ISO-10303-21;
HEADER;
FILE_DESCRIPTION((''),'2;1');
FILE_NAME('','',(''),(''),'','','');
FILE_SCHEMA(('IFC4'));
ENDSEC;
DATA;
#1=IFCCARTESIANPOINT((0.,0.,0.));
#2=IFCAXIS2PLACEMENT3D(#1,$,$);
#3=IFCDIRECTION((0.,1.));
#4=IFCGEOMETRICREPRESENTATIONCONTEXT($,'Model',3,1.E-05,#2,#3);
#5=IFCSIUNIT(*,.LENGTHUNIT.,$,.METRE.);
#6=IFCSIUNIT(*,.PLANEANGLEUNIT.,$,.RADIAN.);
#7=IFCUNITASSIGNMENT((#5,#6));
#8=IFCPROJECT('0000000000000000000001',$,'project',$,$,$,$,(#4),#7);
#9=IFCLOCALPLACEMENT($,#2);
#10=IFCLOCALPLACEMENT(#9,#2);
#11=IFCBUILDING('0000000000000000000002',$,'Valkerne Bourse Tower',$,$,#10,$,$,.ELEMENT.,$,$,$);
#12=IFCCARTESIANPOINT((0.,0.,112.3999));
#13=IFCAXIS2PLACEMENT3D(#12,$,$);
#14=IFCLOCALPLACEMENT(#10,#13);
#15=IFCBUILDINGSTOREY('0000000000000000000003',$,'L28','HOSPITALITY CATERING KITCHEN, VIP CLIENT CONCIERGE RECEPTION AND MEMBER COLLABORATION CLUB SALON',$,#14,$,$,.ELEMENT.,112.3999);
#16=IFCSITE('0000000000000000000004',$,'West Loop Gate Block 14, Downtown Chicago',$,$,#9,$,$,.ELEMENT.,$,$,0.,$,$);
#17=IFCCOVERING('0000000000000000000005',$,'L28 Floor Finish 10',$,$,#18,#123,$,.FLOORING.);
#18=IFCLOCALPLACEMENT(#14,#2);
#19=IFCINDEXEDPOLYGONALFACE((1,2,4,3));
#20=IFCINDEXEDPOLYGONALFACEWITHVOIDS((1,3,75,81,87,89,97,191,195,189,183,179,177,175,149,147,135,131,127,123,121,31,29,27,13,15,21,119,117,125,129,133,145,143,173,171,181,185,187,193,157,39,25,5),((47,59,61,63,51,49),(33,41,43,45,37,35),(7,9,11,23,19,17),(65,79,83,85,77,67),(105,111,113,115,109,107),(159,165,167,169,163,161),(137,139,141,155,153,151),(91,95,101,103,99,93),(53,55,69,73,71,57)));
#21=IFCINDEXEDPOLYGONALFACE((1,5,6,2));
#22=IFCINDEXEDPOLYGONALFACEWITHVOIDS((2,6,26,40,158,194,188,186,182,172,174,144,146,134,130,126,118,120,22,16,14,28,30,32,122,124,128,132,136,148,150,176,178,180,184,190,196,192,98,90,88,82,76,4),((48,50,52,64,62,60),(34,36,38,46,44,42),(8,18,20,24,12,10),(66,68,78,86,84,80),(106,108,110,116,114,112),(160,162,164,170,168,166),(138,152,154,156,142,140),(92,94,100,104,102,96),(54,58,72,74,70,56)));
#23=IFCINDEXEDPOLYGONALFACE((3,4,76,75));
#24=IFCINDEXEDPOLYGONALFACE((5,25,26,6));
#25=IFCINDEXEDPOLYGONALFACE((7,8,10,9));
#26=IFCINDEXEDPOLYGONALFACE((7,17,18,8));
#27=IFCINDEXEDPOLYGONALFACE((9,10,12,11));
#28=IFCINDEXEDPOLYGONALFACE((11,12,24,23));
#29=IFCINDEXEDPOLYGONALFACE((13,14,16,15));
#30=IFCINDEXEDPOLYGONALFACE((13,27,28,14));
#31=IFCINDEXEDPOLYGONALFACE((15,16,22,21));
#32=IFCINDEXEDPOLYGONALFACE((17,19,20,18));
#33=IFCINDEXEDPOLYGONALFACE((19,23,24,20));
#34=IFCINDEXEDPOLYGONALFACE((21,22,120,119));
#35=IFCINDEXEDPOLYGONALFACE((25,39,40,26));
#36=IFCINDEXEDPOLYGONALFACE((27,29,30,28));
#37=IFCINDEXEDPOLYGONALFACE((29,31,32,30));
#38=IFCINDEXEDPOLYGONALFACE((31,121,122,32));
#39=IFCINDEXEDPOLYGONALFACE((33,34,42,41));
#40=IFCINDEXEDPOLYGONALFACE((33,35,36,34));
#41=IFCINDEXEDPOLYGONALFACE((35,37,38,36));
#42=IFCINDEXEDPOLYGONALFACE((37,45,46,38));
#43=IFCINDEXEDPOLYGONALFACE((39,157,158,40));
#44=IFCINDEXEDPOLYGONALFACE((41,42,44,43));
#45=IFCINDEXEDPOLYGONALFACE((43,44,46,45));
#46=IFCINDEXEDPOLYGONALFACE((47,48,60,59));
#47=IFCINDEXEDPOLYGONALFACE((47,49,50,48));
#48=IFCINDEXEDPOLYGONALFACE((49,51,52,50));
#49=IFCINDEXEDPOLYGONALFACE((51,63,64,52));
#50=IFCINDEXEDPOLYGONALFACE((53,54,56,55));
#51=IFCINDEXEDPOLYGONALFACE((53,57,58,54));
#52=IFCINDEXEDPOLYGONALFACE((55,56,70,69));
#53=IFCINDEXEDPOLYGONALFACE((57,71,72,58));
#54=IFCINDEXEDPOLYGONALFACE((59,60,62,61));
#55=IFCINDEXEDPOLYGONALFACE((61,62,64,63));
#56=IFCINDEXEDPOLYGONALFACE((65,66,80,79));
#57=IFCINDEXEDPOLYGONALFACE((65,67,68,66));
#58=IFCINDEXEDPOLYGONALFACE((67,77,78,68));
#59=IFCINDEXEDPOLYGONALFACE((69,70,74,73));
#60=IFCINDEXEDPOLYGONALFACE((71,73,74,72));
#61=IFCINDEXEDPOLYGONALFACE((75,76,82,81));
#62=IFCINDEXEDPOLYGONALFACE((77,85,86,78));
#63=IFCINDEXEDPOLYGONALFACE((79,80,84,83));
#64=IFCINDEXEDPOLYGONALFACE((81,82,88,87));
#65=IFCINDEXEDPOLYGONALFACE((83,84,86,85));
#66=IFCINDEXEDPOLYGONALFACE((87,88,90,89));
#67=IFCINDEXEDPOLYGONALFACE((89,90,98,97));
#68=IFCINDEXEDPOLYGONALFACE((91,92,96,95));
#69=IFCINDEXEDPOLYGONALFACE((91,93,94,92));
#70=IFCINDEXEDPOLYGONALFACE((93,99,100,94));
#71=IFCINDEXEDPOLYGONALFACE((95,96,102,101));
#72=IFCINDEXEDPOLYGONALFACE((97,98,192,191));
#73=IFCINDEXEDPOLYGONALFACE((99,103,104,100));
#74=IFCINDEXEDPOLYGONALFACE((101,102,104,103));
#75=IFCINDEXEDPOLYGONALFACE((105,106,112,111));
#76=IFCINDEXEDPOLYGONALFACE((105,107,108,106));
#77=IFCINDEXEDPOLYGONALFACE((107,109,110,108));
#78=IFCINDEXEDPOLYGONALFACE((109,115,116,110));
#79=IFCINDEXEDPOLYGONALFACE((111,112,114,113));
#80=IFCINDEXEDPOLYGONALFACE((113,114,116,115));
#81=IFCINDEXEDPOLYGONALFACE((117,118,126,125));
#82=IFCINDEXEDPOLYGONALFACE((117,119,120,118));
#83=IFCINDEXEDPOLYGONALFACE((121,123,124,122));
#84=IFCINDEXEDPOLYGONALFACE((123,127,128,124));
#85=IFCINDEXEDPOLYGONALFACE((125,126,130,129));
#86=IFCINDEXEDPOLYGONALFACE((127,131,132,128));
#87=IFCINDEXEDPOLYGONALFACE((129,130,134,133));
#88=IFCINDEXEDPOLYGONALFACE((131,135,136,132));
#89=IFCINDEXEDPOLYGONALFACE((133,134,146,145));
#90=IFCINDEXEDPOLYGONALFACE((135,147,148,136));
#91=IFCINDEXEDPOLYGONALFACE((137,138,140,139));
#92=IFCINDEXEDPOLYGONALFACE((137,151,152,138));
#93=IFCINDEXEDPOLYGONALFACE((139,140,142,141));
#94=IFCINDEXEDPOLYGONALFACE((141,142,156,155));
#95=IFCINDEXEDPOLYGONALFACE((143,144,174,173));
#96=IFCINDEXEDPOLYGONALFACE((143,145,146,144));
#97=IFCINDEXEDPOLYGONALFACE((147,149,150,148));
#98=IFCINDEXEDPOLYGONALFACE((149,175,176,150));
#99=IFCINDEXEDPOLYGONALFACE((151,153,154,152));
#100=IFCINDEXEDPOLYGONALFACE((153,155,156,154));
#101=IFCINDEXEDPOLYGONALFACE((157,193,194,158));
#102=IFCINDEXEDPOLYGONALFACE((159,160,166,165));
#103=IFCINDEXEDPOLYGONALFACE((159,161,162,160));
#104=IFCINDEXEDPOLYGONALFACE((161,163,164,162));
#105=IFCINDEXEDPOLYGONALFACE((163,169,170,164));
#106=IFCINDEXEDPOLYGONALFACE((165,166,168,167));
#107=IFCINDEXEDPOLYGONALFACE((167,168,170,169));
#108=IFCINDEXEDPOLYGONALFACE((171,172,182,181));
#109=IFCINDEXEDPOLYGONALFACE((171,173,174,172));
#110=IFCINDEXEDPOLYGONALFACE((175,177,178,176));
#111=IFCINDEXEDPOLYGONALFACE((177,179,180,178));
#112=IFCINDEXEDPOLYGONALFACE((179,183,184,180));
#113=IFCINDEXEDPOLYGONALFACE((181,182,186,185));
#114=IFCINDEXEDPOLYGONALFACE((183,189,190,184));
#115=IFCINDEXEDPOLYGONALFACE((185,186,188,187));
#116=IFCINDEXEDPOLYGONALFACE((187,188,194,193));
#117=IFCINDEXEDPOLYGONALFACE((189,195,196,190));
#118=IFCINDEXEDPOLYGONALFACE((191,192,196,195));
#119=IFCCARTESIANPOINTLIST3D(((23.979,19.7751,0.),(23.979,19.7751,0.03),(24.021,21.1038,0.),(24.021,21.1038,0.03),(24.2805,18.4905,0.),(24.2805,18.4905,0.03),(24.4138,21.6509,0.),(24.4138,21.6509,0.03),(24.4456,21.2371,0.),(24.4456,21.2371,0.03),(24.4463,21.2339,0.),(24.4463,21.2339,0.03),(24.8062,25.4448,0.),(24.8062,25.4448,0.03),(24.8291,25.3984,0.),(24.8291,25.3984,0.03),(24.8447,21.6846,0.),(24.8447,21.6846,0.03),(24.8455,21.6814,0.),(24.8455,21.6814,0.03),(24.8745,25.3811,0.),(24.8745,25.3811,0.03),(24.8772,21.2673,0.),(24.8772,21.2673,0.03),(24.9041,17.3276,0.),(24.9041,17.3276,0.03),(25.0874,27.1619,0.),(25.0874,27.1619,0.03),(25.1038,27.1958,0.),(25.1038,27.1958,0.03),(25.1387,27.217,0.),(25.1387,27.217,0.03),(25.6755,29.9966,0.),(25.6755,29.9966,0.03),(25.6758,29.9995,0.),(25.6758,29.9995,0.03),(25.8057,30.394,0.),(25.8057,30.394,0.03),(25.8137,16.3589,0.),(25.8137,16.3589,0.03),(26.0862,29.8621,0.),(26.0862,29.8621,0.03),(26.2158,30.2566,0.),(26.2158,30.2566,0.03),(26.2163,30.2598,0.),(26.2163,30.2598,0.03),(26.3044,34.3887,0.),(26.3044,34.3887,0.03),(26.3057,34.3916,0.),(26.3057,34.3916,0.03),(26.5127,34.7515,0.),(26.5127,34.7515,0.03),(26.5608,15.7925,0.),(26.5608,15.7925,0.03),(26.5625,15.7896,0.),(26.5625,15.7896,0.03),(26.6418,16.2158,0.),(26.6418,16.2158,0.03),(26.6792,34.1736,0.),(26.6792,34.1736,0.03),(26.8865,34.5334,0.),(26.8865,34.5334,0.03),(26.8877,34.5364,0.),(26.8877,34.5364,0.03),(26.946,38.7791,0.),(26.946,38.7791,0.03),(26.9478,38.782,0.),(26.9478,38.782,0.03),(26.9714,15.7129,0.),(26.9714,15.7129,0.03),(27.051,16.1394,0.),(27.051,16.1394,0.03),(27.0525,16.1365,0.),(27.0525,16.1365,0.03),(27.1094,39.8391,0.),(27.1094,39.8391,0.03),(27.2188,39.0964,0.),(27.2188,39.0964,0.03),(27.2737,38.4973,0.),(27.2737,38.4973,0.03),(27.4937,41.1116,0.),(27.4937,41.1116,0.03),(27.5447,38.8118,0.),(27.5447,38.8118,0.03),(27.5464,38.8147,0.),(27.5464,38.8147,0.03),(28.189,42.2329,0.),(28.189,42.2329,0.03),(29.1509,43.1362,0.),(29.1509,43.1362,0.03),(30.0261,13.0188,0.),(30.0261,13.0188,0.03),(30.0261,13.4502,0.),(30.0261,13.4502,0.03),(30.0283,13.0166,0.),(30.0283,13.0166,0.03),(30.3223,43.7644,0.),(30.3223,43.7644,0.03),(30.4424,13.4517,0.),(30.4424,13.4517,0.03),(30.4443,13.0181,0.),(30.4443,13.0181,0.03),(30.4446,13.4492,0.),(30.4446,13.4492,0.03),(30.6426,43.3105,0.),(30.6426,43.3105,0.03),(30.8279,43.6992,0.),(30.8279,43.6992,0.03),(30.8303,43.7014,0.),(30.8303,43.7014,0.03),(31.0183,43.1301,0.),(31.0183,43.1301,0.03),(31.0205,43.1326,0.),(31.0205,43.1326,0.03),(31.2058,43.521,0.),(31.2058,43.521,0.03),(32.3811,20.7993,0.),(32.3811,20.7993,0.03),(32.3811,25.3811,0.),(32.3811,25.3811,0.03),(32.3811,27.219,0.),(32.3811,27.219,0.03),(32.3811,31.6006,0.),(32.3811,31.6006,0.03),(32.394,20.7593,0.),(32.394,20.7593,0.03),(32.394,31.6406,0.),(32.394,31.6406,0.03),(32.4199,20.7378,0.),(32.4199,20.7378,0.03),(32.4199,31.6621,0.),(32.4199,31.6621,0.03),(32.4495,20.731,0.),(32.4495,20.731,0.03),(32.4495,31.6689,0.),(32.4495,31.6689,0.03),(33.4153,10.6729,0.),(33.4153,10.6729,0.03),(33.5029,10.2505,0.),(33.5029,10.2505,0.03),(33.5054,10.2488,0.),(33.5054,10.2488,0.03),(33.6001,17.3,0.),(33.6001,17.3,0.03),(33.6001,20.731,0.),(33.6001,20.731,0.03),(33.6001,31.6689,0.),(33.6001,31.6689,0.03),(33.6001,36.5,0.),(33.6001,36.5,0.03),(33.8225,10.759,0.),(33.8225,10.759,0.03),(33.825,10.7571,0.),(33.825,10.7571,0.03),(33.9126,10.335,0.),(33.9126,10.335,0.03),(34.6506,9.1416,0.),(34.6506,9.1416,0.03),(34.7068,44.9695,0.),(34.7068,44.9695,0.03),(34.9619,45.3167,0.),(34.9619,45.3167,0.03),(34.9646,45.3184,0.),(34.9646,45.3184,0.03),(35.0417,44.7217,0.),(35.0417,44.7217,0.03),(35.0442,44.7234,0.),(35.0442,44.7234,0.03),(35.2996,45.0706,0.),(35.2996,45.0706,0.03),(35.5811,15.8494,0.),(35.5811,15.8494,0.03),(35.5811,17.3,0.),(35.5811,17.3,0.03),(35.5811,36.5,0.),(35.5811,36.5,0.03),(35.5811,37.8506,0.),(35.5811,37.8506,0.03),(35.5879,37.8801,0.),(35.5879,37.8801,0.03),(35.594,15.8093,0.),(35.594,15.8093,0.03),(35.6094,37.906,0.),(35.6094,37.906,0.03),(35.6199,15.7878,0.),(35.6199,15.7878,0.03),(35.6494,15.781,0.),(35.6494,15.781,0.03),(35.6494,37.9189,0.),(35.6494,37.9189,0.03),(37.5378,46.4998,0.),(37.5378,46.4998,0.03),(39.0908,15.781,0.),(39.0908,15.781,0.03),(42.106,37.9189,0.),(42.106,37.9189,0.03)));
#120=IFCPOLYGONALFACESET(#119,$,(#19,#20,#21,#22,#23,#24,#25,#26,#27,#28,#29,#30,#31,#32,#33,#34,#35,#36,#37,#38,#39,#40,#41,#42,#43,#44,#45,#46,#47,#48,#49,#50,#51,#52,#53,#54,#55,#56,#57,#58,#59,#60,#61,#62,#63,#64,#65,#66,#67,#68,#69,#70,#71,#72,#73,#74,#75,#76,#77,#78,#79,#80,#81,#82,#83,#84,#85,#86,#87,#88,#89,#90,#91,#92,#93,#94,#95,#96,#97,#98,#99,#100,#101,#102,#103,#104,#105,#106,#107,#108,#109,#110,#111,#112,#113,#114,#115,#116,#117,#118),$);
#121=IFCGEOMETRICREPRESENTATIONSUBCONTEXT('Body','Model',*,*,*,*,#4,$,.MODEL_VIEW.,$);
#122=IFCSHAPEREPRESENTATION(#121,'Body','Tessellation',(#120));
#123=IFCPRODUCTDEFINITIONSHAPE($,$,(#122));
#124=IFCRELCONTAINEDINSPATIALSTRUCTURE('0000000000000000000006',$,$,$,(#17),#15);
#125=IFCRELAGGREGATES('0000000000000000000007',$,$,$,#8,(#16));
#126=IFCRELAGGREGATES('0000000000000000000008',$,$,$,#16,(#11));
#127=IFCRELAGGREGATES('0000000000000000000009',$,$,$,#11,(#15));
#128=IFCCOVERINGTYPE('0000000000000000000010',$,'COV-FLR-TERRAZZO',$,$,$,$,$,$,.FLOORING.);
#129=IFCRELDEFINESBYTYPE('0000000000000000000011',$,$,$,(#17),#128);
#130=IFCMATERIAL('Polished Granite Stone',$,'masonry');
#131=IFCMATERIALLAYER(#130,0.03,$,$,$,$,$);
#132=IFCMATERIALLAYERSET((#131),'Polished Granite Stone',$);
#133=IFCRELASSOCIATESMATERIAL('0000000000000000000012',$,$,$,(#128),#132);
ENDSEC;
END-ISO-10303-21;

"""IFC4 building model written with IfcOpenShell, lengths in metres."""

from ifc_helpers import new_model, si_unit, direction, frame, origin, place, context, subcontext, project, spatial, polyline, outline, extrude, material, layer, layer_set, type_object, element, save


model = new_model("IFC4")

# Units and contexts
model_context = context("Model", 3, precision=1e-05, world=origin(), true_north=direction((0.0, 1.0)))
body_context = subcontext(model_context, "Body", "Model", "MODEL_VIEW")
ifc_project = project(units=[si_unit("LENGTHUNIT", "METRE"), si_unit("PLANEANGLEUNIT", "RADIAN")], contexts=[model_context])

# Site, building, storey
site_placement = place(None, origin())
site = spatial("IfcSite", under=ifc_project, at=site_placement, Name="West Loop Gate Block 14, Downtown Chicago", CompositionType="ELEMENT", RefElevation=0.0)
building_placement = place(site_placement, origin())
building = spatial("IfcBuilding", under=site, at=building_placement, Name="Valkerne Bourse Tower", CompositionType="ELEMENT")
storey_placement = place(building_placement, frame((0.0, 0.0, 112.3999)))
storey = spatial("IfcBuildingStorey", under=building, at=storey_placement, Name="L28", Description="HOSPITALITY CATERING KITCHEN, VIP CLIENT CONCIERGE RECEPTION AND MEMBER COLLABORATION CLUB SALON", CompositionType="ELEMENT", Elevation=112.3999)

# Covering
ifc_material_1 = material(Name="Polished Granite Stone", Category="masonry")
ifc_layer_1 = layer(ifc_material_1, 0.03)
ifc_layer_set_1 = layer_set([ifc_layer_1], Name="Polished Granite Stone")
covering_type_1 = type_object("IfcCoveringType", Name="COV-FLR-TERRAZZO", PredefinedType="FLOORING", material=ifc_layer_set_1)
covering_1_placement = place(storey_placement, origin())
element("IfcCovering", 1, at=covering_1_placement, inside=storey, type_object=covering_type_1, Name="L28 Floor Finish 10", PredefinedType="FLOORING", context=body_context, shape_type="SweptSolid", body=[
    extrude(outline(polyline([(24.2805, 18.4905), (23.979, 19.7751), (24.021, 21.1038), (27.1094, 39.8391), (27.4937, 41.1116), (28.189, 42.2329), (29.1509, 43.1362), (30.3223, 43.7644), (37.5378, 46.4998), (42.106, 37.9189), (35.6494, 37.9189), (35.6094, 37.906), (35.5879, 37.8801), (35.5811, 37.8506), (35.5811, 36.5), (33.6001, 36.5), (33.6001, 31.6689), (32.4495, 31.6689), (32.4199, 31.6621), (32.394, 31.6406), (32.3811, 31.6006), (32.3811, 27.219), (25.1387, 27.217), (25.1038, 27.1958), (25.0874, 27.1619), (24.8062, 25.4448), (24.8291, 25.3984), (24.8745, 25.3811), (32.3811, 25.3811), (32.3811, 20.7993), (32.394, 20.7593), (32.4199, 20.7378), (32.4495, 20.731), (33.6001, 20.731), (33.6001, 17.3), (35.5811, 17.3), (35.5811, 15.8494), (35.594, 15.8093), (35.6199, 15.7878), (35.6494, 15.781), (39.0908, 15.781), (34.6506, 9.1416), (25.8137, 16.3589), (24.9041, 17.3276), (24.2805, 18.4905)]), holes=[polyline([(33.825, 10.7571), (33.8225, 10.759), (33.4153, 10.6729), (33.5029, 10.2505), (33.5054, 10.2488), (33.9126, 10.335), (33.825, 10.7571)]), polyline([(30.4443, 13.0181), (30.4446, 13.4492), (30.4424, 13.4517), (30.0261, 13.4502), (30.0261, 13.0188), (30.0283, 13.0166), (30.4443, 13.0181)]), polyline([(27.0525, 16.1365), (27.051, 16.1394), (26.6418, 16.2158), (26.5608, 15.7925), (26.5625, 15.7896), (26.9714, 15.7129), (27.0525, 16.1365)]), polyline([(24.8455, 21.6814), (24.8447, 21.6846), (24.4138, 21.6509), (24.4456, 21.2371), (24.4463, 21.2339), (24.8772, 21.2673), (24.8455, 21.6814)]), polyline([(26.2158, 30.2566), (26.2163, 30.2598), (25.8057, 30.394), (25.6758, 29.9995), (25.6755, 29.9966), (26.0862, 29.8621), (26.2158, 30.2566)]), polyline([(26.8877, 34.5364), (26.5127, 34.7515), (26.3057, 34.3916), (26.3044, 34.3887), (26.6792, 34.1736), (26.8865, 34.5334), (26.8877, 34.5364)]), polyline([(27.5464, 38.8147), (27.2188, 39.0964), (26.9478, 38.782), (26.946, 38.7791), (27.2737, 38.4973), (27.5447, 38.8118), (27.5464, 38.8147)]), polyline([(31.2058, 43.521), (30.8303, 43.7014), (30.8279, 43.6992), (30.6426, 43.3105), (31.0183, 43.1301), (31.0205, 43.1326), (31.2058, 43.521)]), polyline([(35.0442, 44.7234), (35.2996, 45.0706), (34.9646, 45.3184), (34.9619, 45.3167), (34.7068, 44.9695), (35.0417, 44.7217), (35.0442, 44.7234)])]), origin(), (0.0, 0.0, 1.0), 0.03),
])

save(model, "model.ifc")
